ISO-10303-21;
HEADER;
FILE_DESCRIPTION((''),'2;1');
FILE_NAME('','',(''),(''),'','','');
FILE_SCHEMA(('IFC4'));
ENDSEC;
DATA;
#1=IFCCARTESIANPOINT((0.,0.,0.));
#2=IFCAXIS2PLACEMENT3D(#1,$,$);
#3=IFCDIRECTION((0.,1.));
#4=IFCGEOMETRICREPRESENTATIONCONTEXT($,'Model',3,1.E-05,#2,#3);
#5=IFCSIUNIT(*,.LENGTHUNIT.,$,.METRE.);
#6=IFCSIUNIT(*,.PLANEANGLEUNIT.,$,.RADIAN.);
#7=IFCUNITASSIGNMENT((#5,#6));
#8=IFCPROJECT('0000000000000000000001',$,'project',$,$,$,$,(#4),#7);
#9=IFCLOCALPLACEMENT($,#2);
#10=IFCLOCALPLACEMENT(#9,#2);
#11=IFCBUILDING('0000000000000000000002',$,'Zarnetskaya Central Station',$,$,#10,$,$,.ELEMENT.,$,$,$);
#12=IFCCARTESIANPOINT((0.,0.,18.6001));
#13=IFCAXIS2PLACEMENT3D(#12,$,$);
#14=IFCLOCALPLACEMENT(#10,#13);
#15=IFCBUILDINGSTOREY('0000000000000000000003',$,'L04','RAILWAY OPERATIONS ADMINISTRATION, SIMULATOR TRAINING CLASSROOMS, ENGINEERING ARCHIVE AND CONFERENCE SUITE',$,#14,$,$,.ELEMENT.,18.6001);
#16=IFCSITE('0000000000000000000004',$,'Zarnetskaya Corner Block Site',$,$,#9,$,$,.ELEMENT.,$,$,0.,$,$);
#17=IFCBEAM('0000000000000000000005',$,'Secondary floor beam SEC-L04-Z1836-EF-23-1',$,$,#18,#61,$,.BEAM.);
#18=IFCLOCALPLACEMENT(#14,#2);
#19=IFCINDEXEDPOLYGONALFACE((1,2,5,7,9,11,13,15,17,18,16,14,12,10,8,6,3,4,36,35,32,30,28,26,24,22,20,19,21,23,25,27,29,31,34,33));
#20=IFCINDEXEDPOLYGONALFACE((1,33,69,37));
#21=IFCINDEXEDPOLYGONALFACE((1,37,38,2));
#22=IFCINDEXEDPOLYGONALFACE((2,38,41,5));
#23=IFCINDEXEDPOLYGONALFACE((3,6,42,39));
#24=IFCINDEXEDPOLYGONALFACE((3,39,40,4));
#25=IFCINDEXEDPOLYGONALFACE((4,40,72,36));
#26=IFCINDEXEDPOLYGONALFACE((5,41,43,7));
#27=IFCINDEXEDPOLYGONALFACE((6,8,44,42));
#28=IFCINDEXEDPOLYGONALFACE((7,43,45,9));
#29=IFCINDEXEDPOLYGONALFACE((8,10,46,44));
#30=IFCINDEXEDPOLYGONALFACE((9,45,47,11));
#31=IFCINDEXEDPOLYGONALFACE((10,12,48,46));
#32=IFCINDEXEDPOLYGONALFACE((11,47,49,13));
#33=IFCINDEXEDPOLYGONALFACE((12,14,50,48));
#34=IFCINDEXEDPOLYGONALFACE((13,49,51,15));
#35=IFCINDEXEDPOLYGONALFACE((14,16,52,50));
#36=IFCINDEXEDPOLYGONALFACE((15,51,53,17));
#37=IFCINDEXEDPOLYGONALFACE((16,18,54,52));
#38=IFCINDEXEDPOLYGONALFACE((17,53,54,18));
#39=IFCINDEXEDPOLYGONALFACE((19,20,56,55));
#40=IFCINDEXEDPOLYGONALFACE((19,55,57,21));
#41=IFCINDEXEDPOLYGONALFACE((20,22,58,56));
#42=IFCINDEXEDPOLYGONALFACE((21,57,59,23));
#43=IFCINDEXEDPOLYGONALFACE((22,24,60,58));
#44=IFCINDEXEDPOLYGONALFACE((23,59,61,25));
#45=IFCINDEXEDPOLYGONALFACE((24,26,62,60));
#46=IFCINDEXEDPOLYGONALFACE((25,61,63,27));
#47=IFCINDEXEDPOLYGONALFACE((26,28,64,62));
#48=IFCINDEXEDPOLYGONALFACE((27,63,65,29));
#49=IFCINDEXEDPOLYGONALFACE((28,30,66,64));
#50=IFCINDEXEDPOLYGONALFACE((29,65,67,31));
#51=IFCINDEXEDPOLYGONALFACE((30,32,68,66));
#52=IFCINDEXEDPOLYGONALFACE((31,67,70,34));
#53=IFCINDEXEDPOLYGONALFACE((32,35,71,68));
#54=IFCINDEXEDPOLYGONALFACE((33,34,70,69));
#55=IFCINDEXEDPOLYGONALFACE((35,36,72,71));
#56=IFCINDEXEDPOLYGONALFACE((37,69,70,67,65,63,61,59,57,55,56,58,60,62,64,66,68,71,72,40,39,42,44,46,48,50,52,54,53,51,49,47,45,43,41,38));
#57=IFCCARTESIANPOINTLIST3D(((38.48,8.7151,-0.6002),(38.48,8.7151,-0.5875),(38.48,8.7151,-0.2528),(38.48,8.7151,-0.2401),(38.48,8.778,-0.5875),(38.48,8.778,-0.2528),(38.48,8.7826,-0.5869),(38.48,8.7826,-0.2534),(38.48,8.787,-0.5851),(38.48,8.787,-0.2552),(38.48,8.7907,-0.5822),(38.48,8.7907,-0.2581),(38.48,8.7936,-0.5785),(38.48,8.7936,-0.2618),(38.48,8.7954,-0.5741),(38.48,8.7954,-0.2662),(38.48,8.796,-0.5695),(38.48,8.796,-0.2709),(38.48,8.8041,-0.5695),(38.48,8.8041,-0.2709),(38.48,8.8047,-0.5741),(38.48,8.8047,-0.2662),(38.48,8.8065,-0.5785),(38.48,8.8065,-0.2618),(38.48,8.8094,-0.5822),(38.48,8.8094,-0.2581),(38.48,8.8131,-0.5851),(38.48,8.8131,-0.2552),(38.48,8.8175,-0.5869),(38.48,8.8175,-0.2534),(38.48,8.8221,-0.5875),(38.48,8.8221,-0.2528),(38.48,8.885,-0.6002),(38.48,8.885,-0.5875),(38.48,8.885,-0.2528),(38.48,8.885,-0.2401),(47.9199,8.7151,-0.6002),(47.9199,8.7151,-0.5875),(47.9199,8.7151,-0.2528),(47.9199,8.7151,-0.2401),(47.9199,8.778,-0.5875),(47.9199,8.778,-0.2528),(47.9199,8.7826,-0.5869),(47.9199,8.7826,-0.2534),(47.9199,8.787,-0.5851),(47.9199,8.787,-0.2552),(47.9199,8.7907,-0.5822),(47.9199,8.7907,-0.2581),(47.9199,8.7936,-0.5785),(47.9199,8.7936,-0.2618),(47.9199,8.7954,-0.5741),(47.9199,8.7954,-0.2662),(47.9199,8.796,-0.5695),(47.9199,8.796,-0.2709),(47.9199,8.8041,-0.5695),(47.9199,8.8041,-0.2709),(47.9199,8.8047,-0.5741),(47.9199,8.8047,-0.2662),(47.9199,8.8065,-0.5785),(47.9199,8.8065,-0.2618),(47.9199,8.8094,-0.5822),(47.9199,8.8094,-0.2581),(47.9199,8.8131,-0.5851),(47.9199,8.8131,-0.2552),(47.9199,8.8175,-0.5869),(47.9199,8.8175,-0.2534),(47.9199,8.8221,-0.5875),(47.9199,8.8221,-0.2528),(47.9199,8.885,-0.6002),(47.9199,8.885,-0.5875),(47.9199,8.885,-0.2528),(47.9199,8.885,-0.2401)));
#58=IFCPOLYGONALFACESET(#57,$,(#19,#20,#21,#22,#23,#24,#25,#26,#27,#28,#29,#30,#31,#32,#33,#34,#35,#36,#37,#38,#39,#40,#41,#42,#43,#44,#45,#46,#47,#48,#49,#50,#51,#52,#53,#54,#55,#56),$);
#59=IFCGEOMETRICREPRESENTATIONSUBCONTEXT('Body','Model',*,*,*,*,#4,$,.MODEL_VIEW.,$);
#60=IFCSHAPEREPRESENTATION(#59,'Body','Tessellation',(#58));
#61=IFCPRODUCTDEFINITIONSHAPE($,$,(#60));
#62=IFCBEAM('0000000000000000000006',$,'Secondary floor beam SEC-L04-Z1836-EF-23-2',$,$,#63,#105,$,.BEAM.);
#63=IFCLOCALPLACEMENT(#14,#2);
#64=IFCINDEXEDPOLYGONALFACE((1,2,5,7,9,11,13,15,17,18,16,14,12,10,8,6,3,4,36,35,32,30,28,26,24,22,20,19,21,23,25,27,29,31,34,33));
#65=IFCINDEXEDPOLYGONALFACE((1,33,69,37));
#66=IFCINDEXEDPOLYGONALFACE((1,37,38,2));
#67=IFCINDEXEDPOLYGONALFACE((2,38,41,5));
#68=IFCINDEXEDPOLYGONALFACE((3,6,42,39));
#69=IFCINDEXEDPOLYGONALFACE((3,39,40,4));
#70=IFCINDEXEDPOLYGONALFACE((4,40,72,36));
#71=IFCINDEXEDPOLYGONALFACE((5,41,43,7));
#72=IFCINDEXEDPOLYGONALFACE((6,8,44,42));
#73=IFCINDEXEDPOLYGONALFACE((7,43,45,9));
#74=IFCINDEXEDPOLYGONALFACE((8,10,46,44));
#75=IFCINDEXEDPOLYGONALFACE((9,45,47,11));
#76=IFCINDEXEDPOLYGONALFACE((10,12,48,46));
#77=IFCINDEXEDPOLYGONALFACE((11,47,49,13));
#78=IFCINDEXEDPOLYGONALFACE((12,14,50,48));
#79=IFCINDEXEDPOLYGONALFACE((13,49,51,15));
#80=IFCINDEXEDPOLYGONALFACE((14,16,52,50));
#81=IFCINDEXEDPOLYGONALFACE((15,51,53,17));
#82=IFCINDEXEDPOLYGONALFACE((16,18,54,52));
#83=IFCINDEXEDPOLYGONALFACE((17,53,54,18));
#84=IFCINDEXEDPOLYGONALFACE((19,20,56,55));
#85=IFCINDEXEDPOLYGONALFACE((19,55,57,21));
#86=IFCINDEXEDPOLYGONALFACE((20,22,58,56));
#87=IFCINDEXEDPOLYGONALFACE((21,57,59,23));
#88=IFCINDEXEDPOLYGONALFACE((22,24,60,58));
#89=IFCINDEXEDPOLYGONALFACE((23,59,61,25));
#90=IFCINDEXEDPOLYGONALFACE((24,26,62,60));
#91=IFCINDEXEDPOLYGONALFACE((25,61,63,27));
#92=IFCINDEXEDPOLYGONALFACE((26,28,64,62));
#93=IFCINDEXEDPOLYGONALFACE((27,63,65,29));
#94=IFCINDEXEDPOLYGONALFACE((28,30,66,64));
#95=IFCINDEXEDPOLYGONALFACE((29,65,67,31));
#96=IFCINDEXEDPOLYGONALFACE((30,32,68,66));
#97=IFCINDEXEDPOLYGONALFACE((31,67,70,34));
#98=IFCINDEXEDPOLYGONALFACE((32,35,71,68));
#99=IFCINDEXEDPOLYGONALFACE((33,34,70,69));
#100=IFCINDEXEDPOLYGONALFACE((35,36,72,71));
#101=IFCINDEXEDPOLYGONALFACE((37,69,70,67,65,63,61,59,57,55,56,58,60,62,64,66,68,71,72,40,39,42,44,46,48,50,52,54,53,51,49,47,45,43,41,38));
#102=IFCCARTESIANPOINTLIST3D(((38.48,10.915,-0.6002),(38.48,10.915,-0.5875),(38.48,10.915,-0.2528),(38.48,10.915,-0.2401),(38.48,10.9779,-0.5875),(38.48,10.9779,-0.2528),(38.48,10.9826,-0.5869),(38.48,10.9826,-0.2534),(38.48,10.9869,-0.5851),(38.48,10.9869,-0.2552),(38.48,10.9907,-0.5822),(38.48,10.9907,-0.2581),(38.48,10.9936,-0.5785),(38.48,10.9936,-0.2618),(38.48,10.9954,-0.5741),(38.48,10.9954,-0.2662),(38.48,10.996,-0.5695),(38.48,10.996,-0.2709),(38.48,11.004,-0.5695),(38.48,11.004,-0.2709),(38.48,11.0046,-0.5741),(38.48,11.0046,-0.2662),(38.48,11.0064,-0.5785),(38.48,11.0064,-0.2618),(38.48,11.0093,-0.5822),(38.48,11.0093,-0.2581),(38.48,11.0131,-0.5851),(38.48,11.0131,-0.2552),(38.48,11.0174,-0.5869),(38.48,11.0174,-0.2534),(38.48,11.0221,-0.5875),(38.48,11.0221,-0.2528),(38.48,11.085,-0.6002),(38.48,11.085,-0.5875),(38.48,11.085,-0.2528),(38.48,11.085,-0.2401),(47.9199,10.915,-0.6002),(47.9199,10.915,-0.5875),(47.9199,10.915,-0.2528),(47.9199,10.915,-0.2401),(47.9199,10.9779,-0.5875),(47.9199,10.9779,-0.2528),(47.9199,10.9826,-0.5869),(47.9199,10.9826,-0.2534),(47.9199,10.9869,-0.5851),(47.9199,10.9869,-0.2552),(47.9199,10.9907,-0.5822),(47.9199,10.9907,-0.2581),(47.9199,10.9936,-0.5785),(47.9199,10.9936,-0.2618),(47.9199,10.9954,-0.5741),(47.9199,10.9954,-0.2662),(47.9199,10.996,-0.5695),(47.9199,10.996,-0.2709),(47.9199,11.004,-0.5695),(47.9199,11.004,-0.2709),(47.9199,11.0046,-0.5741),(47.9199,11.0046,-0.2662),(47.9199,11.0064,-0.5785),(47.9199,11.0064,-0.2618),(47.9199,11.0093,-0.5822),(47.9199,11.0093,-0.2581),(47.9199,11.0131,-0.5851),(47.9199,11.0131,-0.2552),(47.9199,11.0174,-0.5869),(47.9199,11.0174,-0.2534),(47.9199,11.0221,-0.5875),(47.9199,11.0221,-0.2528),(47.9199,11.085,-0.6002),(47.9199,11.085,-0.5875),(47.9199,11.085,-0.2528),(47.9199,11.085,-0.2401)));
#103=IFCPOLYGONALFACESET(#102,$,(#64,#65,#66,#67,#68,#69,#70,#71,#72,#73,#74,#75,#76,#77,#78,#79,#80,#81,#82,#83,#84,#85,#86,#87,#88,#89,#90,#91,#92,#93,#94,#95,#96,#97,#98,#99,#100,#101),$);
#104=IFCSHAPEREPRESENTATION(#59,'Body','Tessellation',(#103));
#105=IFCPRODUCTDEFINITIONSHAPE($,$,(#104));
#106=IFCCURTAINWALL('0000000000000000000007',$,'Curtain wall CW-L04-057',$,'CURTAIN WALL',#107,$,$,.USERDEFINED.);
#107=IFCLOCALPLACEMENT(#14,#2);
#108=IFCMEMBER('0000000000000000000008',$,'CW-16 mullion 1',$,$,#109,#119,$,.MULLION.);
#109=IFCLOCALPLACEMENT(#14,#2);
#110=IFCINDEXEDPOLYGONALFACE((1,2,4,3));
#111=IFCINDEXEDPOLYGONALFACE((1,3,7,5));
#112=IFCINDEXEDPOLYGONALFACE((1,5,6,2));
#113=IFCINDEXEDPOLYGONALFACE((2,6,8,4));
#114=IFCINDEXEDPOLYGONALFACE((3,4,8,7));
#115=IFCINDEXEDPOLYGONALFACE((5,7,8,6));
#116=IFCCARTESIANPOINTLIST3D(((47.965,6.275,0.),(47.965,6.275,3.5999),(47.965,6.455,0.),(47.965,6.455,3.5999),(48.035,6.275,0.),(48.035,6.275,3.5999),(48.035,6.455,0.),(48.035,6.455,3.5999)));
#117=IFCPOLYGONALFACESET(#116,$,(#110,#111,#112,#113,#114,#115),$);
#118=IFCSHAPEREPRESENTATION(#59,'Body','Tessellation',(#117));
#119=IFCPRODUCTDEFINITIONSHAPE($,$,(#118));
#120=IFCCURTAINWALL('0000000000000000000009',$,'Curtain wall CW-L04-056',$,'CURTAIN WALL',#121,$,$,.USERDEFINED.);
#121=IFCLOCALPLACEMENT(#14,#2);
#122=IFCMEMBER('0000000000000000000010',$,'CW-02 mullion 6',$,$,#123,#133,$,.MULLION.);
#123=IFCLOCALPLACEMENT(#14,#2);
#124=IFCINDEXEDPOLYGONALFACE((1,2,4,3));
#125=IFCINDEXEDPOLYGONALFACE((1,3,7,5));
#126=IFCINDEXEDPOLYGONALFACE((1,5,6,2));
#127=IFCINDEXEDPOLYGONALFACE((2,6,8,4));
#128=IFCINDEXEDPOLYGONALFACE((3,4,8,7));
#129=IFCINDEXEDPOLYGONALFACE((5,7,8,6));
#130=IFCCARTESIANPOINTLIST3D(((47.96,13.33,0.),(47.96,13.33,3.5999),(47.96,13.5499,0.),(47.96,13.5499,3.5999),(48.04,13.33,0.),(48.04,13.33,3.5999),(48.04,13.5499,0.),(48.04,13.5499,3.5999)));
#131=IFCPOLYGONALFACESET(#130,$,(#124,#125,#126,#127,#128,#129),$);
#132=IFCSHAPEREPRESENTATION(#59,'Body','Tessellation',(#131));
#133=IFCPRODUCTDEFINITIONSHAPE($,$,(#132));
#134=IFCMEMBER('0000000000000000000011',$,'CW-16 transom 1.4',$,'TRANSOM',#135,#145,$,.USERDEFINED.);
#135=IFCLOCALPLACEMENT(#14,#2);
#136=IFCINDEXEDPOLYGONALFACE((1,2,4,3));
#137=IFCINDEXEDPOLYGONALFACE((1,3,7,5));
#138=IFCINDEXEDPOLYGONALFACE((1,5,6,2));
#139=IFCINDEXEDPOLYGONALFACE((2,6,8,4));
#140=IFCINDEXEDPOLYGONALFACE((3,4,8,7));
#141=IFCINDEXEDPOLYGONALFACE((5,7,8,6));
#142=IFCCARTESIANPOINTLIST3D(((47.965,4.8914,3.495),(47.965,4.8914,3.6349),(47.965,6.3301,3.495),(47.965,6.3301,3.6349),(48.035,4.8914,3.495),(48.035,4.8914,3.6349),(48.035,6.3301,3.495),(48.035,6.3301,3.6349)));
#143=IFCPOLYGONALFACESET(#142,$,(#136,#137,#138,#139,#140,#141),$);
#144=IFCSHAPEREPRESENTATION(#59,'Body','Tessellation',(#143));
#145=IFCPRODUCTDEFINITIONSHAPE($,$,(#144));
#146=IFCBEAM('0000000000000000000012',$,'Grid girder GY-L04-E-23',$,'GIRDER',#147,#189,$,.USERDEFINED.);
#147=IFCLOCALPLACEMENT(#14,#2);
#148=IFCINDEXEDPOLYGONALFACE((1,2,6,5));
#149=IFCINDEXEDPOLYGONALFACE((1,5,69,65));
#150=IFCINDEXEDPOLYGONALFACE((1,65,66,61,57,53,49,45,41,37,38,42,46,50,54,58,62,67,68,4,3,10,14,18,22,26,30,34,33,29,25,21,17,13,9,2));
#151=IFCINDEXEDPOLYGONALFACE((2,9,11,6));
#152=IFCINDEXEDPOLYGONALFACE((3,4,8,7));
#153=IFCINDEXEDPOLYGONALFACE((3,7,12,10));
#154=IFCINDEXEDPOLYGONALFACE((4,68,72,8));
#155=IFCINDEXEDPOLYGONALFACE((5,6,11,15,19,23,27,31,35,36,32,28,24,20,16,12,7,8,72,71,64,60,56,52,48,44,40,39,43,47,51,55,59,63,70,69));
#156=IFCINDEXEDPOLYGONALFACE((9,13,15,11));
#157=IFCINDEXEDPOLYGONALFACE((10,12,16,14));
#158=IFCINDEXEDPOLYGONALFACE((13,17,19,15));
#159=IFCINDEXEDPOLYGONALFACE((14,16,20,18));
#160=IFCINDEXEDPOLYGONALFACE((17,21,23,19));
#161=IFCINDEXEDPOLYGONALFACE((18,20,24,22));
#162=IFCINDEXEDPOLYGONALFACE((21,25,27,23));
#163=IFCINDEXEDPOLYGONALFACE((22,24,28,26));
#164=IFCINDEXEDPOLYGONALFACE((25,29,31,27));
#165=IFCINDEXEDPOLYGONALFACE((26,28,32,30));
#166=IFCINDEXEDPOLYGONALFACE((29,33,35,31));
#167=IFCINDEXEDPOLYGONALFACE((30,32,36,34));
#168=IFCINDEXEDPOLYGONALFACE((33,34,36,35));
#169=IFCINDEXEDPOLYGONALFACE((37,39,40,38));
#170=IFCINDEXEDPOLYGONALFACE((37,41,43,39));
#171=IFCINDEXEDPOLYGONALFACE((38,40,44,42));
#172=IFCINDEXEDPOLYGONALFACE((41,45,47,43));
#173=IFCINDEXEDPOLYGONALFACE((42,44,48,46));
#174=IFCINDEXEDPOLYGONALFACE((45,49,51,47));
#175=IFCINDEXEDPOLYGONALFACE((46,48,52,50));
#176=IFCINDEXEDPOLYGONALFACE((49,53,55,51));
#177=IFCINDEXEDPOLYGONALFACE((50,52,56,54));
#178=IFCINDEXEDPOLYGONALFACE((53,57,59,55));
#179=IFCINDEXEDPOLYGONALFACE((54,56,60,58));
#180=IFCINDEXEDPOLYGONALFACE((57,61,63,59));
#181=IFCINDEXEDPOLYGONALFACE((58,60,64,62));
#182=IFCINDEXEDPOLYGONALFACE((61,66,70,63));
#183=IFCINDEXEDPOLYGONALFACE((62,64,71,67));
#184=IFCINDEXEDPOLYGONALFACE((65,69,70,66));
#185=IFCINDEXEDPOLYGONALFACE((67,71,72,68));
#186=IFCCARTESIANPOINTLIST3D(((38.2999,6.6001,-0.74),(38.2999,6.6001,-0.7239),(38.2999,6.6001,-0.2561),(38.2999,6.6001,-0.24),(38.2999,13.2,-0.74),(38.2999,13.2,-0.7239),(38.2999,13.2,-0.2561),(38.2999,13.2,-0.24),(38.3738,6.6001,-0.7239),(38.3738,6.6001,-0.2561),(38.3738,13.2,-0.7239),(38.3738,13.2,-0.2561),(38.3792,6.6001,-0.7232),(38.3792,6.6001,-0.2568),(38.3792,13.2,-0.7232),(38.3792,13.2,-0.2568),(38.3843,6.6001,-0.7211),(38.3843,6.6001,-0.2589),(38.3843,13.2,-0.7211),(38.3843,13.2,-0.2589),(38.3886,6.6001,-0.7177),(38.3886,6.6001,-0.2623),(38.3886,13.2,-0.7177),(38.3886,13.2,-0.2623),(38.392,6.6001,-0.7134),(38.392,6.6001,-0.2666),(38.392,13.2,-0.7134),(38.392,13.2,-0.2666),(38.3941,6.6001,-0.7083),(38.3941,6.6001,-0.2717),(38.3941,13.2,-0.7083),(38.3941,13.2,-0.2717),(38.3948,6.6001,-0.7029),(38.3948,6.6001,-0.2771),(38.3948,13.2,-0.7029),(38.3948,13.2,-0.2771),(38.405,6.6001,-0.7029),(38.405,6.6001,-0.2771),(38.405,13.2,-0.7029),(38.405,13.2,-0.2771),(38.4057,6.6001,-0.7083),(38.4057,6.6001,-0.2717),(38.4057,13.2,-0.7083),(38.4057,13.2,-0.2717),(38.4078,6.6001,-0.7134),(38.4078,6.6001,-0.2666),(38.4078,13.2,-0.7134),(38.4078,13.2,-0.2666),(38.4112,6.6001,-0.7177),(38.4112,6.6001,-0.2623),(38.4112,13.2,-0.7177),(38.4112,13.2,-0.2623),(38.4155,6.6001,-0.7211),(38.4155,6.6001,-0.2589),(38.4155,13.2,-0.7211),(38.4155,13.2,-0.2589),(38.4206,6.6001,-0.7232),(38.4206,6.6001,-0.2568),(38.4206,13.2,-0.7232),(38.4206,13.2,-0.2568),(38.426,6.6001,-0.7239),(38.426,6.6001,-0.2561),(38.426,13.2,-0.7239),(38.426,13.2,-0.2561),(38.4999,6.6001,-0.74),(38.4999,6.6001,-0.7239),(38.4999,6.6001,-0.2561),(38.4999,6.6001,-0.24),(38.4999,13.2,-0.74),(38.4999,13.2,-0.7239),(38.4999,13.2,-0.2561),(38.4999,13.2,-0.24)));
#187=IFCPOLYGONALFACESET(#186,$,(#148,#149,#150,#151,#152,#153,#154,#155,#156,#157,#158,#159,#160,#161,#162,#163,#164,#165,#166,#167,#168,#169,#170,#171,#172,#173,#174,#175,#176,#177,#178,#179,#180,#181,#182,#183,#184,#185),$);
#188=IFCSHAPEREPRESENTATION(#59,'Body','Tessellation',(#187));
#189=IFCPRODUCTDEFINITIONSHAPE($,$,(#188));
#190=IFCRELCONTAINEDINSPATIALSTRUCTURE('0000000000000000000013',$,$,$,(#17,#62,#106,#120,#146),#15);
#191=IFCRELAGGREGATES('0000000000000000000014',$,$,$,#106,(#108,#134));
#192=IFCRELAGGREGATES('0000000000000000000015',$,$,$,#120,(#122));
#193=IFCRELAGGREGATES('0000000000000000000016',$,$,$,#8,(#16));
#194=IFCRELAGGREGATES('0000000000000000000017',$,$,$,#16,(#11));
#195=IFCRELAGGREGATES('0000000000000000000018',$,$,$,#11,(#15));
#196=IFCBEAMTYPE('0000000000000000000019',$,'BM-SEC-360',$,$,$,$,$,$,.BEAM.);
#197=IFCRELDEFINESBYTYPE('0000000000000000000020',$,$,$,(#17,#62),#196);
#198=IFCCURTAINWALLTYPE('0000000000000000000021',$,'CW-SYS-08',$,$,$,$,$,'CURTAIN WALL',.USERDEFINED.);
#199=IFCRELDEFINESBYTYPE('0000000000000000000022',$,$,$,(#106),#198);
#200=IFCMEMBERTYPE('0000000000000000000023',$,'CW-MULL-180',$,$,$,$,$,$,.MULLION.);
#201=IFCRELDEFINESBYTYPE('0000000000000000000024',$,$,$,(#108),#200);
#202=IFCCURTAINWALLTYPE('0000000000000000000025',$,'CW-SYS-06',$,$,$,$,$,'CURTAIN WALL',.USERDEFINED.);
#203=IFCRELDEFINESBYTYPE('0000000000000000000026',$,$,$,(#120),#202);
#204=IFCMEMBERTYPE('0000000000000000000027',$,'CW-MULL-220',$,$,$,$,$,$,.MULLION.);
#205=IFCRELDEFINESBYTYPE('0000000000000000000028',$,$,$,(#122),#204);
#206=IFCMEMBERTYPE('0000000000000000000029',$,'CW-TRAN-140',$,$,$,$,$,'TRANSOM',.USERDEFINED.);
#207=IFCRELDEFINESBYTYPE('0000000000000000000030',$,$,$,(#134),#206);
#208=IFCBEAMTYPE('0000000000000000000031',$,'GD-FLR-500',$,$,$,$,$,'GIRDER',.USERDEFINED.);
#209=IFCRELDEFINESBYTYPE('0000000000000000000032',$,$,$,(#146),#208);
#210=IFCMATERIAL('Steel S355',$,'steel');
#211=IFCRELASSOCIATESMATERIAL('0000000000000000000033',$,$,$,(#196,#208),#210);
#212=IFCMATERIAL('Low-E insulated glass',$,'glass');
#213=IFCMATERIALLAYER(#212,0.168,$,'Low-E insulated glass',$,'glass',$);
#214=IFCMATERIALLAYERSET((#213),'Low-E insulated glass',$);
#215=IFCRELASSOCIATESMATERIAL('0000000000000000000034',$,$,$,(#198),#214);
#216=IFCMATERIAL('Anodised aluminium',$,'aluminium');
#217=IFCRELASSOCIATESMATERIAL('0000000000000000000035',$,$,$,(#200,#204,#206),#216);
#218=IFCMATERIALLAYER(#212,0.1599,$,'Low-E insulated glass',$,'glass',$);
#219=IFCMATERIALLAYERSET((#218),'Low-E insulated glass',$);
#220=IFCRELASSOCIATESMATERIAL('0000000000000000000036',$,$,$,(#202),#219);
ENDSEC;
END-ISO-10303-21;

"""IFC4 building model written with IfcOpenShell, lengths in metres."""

from ifc_helpers import new_model, si_unit, direction, frame, origin, origin_2d, place, context, subcontext, project, spatial, rectangle, i_section, extrude, material, layer, layer_set, material_profile, profile_set, type_object, element, aggregate, save


model = new_model("IFC4")

# Units and contexts
model_context = context("Model", 3, precision=1e-05, world=origin(), true_north=direction((0.0, 1.0)))
body_context = subcontext(model_context, "Body", "Model", "MODEL_VIEW")
ifc_project = project(units=[si_unit("LENGTHUNIT", "METRE"), si_unit("PLANEANGLEUNIT", "RADIAN")], contexts=[model_context])

# Site, building, storey
site_placement = place(None, origin())
site = spatial("IfcSite", under=ifc_project, at=site_placement, Name="Zarnetskaya Corner Block Site", CompositionType="ELEMENT", RefElevation=0.0)
building_placement = place(site_placement, origin())
building = spatial("IfcBuilding", under=site, at=building_placement, Name="Zarnetskaya Central Station", CompositionType="ELEMENT")
storey_placement = place(building_placement, frame((0.0, 0.0, 18.6001)))
storey = spatial("IfcBuildingStorey", under=building, at=storey_placement, Name="L04", Description="RAILWAY OPERATIONS ADMINISTRATION, SIMULATOR TRAINING CLASSROOMS, ENGINEERING ARCHIVE AND CONFERENCE SUITE", CompositionType="ELEMENT", Elevation=18.6001)

# Shared definitions
ifc_material_1 = material(Name="Steel S355", Category="steel")

# Beams
ifc_material_profile_1 = material_profile(ifc_material_1, i_section(OverallWidth=0.1699, OverallDepth=0.3601, WebThickness=0.0081, FlangeThickness=0.0127, FilletRadius=0.0181, at=origin_2d()), Name="IPE 360")
ifc_profile_set_1 = profile_set([ifc_material_profile_1], Name="Steel S355")
beam_type_1 = type_object("IfcBeamType", Name="BM-SEC-360", PredefinedType="BEAM", material=ifc_profile_set_1)
for number, where, z_axis, x_axis, name in (
    (1, (38.48, 8.8, -0.4202), (1.0, 0.0, 0.0), (0.0, 1.0, 0.0), "Secondary floor beam SEC-L04-Z1836-EF-23-1"),
    (2, (38.48, 11.0, -0.4202), (1.0, 0.0, 0.0), (0.0, 1.0, 0.0), "Secondary floor beam SEC-L04-Z1836-EF-23-2"),
):
    element("IfcBeam", number, at=place(storey_placement, frame(where, z_axis=z_axis, x_axis=x_axis)), inside=storey, type_object=beam_type_1, Name=name, PredefinedType="BEAM", context=body_context, shape_type="SweptSolid", body=[
        extrude(i_section(OverallWidth=0.1699, OverallDepth=0.3601, WebThickness=0.0081, FlangeThickness=0.0127, FilletRadius=0.0181, at=origin_2d()), origin(), (0.0, 0.0, 1.0), 9.4399),
    ])

# Curtain walls, members
ifc_material_2 = material(Name="Low-E insulated glass", Category="glass")
ifc_layer_1 = layer(ifc_material_2, 0.168, Name="Low-E insulated glass", Category="glass")
ifc_layer_set_1 = layer_set([ifc_layer_1], Name="Low-E insulated glass")
curtain_wall_type_1 = type_object("IfcCurtainWallType", Name="CW-SYS-08", ElementType="CURTAIN WALL", PredefinedType="USERDEFINED", material=ifc_layer_set_1)
curtain_wall_1_placement = place(storey_placement, origin())
curtain_wall_1 = element("IfcCurtainWall", 3, at=curtain_wall_1_placement, inside=storey, type_object=curtain_wall_type_1, Name="Curtain wall CW-L04-057", ObjectType="CURTAIN WALL", PredefinedType="USERDEFINED")
ifc_material_3 = material(Name="Anodised aluminium", Category="aluminium")
ifc_material_profile_2 = material_profile(ifc_material_3, rectangle(XDim=0.0701, YDim=0.1799, at=origin_2d()), Name="ALU MULL 70x180")
ifc_profile_set_2 = profile_set([ifc_material_profile_2], Name="Anodised aluminium")
member_type_1 = type_object("IfcMemberType", Name="CW-MULL-180", PredefinedType="MULLION", material=ifc_profile_set_2)
member_1_placement = place(storey_placement, frame((48.0, 6.365, 0.0), z_axis=(0.0, 0.0, 1.0), x_axis=(1.0, 0.0, 0.0)))
member_1 = element("IfcMember", 4, at=member_1_placement, type_object=member_type_1, Name="CW-16 mullion 1", PredefinedType="MULLION", context=body_context, shape_type="SweptSolid", body=[
    extrude(rectangle(XDim=0.0701, YDim=0.1799, at=origin_2d()), origin(), (0.0, 0.0, 1.0), 3.5999),
])
ifc_layer_2 = layer(ifc_material_2, 0.1599, Name="Low-E insulated glass", Category="glass")
ifc_layer_set_2 = layer_set([ifc_layer_2], Name="Low-E insulated glass")
curtain_wall_type_2 = type_object("IfcCurtainWallType", Name="CW-SYS-06", ElementType="CURTAIN WALL", PredefinedType="USERDEFINED", material=ifc_layer_set_2)
curtain_wall_2_placement = place(storey_placement, origin())
curtain_wall_2 = element("IfcCurtainWall", 5, at=curtain_wall_2_placement, inside=storey, type_object=curtain_wall_type_2, Name="Curtain wall CW-L04-056", ObjectType="CURTAIN WALL", PredefinedType="USERDEFINED")
ifc_material_profile_3 = material_profile(ifc_material_3, rectangle(XDim=0.0801, YDim=0.22, at=origin_2d()), Name="ALU MULL 80x220")
ifc_profile_set_3 = profile_set([ifc_material_profile_3], Name="Anodised aluminium")
member_type_2 = type_object("IfcMemberType", Name="CW-MULL-220", PredefinedType="MULLION", material=ifc_profile_set_3)
member_2_placement = place(storey_placement, frame((48.0, 13.4399, 0.0), z_axis=(0.0, 0.0, 1.0), x_axis=(1.0, 0.0, 0.0)))
member_2 = element("IfcMember", 6, at=member_2_placement, type_object=member_type_2, Name="CW-02 mullion 6", PredefinedType="MULLION", context=body_context, shape_type="SweptSolid", body=[
    extrude(rectangle(XDim=0.0801, YDim=0.22, at=origin_2d()), origin(), (0.0, 0.0, 1.0), 3.5999),
])

# Member
ifc_material_profile_4 = material_profile(ifc_material_3, rectangle(XDim=0.0701, YDim=0.1399, at=origin_2d()), Name="ALU TRAN 70x140")
ifc_profile_set_4 = profile_set([ifc_material_profile_4], Name="Anodised aluminium")
member_type_3 = type_object("IfcMemberType", Name="CW-TRAN-140", ElementType="TRANSOM", PredefinedType="USERDEFINED", material=ifc_profile_set_4)
member_3_placement = place(storey_placement, frame((48.0, 6.3301, 3.5649), z_axis=(0.0, -1.0, 0.0), x_axis=(1.0, 0.0, 0.0)))
member_3 = element("IfcMember", 7, at=member_3_placement, type_object=member_type_3, Name="CW-16 transom 1.4", ObjectType="TRANSOM", PredefinedType="USERDEFINED", context=body_context, shape_type="SweptSolid", body=[
    extrude(rectangle(XDim=0.0701, YDim=0.1399, at=origin_2d()), origin(), (0.0, 0.0, 1.0), 1.4387),
])
aggregate(curtain_wall_1, [member_1, member_3])

# Beam
ifc_material_profile_5 = material_profile(ifc_material_1, i_section(OverallWidth=0.2, OverallDepth=0.5, WebThickness=0.0103, FlangeThickness=0.0161, FilletRadius=0.021, at=origin_2d()), Name="IPE 500")
ifc_profile_set_5 = profile_set([ifc_material_profile_5], Name="Steel S355")
beam_type_2 = type_object("IfcBeamType", Name="GD-FLR-500", ElementType="GIRDER", PredefinedType="USERDEFINED", material=ifc_profile_set_5)
for number, where, z_axis, x_axis, name in (
    (8, (38.3999, 6.6001, -0.49), (0.0, 1.0, 0.0), (-1.0, 0.0, 0.0), "Grid girder GY-L04-E-23"),
):
    element("IfcBeam", number, at=place(storey_placement, frame(where, z_axis=z_axis, x_axis=x_axis)), inside=storey, type_object=beam_type_2, Name=name, ObjectType="GIRDER", PredefinedType="USERDEFINED", context=body_context, shape_type="SweptSolid", body=[
        extrude(i_section(OverallWidth=0.2, OverallDepth=0.5, WebThickness=0.0103, FlangeThickness=0.0161, FilletRadius=0.021, at=origin_2d()), origin(), (0.0, 0.0, 1.0), 6.5999),
    ])

aggregate(curtain_wall_2, [member_2])

save(model, "model.ifc")
